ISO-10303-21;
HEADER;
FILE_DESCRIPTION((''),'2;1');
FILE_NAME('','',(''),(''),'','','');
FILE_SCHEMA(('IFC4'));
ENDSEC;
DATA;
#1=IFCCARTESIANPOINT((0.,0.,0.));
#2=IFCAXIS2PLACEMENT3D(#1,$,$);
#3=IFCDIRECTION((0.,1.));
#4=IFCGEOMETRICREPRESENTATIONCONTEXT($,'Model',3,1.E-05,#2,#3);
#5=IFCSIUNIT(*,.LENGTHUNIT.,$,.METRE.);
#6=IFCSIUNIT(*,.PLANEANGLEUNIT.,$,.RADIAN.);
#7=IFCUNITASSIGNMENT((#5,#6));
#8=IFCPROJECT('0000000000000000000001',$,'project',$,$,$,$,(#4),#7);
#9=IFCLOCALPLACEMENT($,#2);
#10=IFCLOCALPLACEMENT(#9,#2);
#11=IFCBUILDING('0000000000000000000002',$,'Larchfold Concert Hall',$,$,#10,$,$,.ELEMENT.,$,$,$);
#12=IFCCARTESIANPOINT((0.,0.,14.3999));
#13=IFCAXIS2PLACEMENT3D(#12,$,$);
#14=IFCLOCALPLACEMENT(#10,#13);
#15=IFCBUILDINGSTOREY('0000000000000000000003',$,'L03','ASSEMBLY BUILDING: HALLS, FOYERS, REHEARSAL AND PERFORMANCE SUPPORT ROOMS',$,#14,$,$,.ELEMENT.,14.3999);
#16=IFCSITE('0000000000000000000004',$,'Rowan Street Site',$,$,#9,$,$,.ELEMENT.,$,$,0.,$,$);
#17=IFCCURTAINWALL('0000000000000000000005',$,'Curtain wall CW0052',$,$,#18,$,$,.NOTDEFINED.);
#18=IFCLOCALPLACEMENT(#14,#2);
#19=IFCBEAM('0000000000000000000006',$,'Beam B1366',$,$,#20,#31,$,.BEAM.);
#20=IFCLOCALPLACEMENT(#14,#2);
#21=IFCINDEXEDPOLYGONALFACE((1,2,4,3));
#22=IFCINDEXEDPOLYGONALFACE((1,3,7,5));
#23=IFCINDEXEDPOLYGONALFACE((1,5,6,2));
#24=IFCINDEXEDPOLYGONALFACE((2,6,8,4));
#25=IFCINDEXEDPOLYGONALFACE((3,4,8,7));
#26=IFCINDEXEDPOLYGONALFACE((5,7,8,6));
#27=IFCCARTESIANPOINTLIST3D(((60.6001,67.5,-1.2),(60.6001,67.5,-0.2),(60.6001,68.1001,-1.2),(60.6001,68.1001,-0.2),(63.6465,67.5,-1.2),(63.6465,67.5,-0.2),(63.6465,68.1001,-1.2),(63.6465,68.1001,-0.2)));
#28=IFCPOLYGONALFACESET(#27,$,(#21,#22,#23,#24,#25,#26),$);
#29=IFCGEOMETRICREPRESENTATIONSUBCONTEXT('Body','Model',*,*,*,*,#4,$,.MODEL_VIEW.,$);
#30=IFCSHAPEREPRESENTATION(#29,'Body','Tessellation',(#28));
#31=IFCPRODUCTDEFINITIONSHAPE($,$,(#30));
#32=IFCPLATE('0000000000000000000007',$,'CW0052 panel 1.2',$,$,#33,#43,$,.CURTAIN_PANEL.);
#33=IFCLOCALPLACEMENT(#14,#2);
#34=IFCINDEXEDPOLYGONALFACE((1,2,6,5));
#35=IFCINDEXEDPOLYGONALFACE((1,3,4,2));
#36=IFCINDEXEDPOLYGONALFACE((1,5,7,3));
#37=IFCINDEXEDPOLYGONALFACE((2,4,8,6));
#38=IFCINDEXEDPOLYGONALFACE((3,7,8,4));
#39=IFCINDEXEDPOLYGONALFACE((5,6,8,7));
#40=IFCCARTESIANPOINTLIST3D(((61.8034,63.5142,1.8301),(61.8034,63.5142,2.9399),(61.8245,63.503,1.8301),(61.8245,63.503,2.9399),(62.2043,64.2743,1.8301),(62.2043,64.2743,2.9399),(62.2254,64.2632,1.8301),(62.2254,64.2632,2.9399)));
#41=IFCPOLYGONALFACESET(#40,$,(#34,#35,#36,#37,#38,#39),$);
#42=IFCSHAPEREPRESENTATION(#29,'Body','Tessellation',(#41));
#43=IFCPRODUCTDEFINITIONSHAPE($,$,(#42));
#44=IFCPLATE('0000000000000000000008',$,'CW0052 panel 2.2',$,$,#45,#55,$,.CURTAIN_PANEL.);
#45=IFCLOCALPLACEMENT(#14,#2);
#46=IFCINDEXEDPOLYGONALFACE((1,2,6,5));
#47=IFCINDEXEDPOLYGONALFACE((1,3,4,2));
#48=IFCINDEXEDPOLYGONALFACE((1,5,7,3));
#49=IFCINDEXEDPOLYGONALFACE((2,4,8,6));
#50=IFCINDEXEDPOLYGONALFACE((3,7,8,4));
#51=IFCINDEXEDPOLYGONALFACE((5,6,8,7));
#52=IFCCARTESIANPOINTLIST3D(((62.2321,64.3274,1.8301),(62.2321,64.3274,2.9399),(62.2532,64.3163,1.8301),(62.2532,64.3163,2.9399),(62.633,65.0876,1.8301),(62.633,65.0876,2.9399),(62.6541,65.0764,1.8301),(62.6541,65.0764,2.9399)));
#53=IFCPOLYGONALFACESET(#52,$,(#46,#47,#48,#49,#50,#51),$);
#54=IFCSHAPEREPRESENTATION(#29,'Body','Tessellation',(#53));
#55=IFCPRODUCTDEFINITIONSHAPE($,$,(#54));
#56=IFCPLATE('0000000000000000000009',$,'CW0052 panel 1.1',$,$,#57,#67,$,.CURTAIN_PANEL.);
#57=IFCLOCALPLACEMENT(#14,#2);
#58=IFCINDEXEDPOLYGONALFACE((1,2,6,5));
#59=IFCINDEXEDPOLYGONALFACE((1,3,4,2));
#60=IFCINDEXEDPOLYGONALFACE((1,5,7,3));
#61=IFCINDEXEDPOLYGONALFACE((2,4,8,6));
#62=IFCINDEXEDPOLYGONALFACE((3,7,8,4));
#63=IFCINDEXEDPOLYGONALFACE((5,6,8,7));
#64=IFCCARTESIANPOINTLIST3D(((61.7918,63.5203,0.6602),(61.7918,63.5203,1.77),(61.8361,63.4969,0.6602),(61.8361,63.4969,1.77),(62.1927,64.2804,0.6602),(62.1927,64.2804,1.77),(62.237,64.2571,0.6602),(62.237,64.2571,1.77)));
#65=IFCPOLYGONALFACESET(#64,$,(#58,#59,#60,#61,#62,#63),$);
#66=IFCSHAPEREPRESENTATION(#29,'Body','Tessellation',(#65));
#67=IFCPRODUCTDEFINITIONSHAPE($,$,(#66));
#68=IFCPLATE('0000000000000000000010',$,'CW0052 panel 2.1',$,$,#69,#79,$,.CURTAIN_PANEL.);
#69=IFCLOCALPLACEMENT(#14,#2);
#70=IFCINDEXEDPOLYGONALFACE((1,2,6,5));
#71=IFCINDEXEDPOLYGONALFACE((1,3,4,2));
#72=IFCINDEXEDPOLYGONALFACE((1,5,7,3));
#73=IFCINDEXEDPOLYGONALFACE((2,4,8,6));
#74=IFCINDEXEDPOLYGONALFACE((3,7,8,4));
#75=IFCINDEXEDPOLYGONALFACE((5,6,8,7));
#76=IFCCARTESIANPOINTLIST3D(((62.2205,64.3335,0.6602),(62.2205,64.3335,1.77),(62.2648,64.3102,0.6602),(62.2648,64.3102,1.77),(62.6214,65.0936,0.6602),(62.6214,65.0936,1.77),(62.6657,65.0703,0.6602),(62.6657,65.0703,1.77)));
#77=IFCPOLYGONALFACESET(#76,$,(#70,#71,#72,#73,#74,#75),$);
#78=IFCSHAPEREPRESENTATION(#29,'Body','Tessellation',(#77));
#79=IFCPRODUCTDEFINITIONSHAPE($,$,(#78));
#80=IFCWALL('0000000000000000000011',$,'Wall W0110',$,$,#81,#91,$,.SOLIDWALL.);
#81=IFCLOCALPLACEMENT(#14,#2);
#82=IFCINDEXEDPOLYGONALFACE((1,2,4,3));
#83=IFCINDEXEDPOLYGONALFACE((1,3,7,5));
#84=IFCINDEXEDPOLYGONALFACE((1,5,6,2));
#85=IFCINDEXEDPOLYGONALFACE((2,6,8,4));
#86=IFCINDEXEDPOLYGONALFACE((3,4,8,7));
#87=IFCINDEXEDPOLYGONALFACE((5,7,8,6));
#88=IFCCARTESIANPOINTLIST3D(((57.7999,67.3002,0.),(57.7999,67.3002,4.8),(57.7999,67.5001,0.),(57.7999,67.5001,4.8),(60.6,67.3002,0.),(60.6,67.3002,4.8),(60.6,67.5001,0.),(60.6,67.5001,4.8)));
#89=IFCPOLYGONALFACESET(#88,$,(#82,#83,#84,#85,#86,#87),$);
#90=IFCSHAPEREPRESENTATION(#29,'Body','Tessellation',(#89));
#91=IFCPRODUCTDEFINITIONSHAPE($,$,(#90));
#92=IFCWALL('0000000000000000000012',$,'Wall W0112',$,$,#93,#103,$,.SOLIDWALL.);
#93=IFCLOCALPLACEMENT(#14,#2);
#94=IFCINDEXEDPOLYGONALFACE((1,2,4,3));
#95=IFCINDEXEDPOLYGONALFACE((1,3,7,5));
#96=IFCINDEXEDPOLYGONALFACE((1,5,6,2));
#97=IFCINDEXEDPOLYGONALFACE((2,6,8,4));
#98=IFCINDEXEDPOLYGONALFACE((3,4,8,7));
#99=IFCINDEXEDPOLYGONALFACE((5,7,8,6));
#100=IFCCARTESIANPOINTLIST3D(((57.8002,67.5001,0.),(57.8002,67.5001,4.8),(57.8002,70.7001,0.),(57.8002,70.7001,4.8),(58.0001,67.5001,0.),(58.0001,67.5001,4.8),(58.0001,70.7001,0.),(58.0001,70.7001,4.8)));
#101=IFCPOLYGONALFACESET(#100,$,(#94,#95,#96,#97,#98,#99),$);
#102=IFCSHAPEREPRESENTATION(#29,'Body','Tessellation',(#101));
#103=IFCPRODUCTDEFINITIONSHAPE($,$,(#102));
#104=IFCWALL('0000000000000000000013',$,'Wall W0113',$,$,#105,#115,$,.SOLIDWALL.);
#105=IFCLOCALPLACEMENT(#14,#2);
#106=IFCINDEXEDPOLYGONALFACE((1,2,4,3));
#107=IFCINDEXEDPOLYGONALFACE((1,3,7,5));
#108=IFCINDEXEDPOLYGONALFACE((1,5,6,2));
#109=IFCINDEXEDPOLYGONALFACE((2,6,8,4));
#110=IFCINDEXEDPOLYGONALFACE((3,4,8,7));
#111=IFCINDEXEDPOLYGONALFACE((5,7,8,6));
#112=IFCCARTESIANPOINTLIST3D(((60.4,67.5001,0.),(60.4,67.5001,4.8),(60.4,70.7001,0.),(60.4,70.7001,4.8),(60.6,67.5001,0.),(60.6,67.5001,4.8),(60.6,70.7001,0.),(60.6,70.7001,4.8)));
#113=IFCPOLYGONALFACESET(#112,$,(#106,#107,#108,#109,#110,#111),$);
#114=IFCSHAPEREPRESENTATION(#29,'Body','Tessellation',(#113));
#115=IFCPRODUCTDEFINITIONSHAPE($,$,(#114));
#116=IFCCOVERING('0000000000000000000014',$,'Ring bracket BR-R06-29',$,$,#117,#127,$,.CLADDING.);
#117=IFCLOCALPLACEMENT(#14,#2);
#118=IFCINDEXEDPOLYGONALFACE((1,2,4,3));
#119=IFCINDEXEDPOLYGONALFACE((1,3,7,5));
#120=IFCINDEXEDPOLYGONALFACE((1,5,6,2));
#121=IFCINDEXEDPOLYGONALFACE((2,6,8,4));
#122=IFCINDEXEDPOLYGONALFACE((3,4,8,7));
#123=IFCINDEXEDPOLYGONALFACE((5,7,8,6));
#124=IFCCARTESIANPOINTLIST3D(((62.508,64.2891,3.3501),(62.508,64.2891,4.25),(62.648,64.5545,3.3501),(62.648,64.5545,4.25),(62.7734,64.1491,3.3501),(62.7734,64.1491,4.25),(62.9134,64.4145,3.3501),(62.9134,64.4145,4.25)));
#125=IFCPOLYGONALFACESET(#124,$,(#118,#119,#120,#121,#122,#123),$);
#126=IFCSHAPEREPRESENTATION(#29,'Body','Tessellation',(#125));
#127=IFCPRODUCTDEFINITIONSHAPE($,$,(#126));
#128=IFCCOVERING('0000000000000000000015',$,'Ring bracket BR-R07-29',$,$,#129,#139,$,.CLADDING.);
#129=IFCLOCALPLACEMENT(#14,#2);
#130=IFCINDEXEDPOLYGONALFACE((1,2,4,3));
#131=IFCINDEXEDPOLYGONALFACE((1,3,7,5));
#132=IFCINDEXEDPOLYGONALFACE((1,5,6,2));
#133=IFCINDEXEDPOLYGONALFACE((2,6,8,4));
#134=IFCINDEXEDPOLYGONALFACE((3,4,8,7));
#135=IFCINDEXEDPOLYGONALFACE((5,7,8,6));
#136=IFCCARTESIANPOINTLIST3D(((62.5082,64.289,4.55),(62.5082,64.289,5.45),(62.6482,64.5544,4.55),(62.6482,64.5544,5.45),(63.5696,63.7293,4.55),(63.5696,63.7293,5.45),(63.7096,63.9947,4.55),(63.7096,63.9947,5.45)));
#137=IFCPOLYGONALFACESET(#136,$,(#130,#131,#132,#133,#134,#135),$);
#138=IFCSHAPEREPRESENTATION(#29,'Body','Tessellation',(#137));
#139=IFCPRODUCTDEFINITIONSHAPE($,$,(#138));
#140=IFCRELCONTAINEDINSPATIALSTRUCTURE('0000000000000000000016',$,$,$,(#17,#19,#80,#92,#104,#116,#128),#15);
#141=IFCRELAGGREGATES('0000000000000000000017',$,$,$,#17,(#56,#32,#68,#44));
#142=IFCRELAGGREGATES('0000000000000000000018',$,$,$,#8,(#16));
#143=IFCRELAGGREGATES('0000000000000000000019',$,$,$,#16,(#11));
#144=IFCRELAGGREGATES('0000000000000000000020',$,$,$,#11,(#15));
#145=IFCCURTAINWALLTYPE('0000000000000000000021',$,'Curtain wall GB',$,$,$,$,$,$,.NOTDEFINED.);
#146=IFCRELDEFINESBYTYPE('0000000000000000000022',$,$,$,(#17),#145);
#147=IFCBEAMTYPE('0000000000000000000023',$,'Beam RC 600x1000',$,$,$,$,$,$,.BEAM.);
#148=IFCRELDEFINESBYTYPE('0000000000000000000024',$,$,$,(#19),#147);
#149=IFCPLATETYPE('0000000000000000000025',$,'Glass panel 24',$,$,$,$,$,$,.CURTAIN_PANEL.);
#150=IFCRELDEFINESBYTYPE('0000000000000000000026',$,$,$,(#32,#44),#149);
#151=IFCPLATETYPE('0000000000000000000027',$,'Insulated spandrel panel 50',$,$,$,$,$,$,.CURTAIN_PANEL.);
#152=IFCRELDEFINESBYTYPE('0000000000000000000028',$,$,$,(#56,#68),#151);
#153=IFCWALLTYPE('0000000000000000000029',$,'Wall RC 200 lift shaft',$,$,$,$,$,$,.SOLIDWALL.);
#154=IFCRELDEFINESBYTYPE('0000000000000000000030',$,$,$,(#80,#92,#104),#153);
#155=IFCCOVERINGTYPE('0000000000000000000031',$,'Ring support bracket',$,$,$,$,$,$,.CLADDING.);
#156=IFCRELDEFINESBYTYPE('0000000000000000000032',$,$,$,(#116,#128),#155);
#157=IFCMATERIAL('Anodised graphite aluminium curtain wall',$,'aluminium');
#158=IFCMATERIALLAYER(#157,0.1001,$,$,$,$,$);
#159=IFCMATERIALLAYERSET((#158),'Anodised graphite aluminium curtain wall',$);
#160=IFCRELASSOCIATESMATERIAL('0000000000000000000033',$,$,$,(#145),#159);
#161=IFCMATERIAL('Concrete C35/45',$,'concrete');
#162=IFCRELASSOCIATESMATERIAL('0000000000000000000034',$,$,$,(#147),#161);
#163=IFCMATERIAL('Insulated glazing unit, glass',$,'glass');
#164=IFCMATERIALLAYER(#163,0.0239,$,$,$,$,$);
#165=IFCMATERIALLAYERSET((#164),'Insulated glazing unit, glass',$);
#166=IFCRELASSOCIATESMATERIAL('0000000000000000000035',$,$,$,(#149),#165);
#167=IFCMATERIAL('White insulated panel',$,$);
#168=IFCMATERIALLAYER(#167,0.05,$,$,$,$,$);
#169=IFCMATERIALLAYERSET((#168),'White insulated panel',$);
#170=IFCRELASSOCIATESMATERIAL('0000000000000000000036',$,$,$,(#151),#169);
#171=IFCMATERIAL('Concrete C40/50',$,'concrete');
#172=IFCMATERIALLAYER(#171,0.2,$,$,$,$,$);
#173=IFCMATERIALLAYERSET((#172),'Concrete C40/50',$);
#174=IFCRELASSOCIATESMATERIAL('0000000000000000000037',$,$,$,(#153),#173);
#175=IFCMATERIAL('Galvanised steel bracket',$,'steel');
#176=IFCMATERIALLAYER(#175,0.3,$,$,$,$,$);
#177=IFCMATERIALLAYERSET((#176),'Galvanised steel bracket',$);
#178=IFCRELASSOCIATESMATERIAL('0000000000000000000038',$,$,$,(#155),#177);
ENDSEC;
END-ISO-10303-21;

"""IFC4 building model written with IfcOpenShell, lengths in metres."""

from ifc_helpers import new_model, si_unit, direction, frame, frame_2d, origin, origin_2d, place, context, subcontext, project, spatial, rectangle, extrude, material, layer, layer_set, material_profile, profile_set, type_object, element, aggregate, save


model = new_model("IFC4")

# Units and contexts
model_context = context("Model", 3, precision=1e-05, world=origin(), true_north=direction((0.0, 1.0)))
body_context = subcontext(model_context, "Body", "Model", "MODEL_VIEW")
ifc_project = project(units=[si_unit("LENGTHUNIT", "METRE"), si_unit("PLANEANGLEUNIT", "RADIAN")], contexts=[model_context])

# Site, building, storey
site_placement = place(None, origin())
site = spatial("IfcSite", under=ifc_project, at=site_placement, Name="Rowan Street Site", CompositionType="ELEMENT", RefElevation=0.0)
building_placement = place(site_placement, origin())
building = spatial("IfcBuilding", under=site, at=building_placement, Name="Larchfold Concert Hall", CompositionType="ELEMENT")
storey_placement = place(building_placement, frame((0.0, 0.0, 14.3999)))
storey = spatial("IfcBuildingStorey", under=building, at=storey_placement, Name="L03", Description="ASSEMBLY BUILDING: HALLS, FOYERS, REHEARSAL AND PERFORMANCE SUPPORT ROOMS", CompositionType="ELEMENT", Elevation=14.3999)

# Curtain wall
ifc_material_1 = material(Name="Anodised graphite aluminium curtain wall", Category="aluminium")
ifc_layer_1 = layer(ifc_material_1, 0.1001)
ifc_layer_set_1 = layer_set([ifc_layer_1], Name="Anodised graphite aluminium curtain wall")
curtain_wall_type = type_object("IfcCurtainWallType", Name="Curtain wall GB", PredefinedType="NOTDEFINED", material=ifc_layer_set_1)
curtain_wall_1_placement = place(storey_placement, origin())
curtain_wall_1 = element("IfcCurtainWall", 1, at=curtain_wall_1_placement, inside=storey, type_object=curtain_wall_type, Name="Curtain wall CW0052", PredefinedType="NOTDEFINED")

# Beam
ifc_material_2 = material(Name="Concrete C35/45", Category="concrete")
ifc_material_profile_1 = material_profile(ifc_material_2, rectangle(XDim=0.6001, YDim=1.0, at=origin_2d()))
ifc_profile_set_1 = profile_set([ifc_material_profile_1], Name="Concrete C35/45")
beam_type_1 = type_object("IfcBeamType", Name="Beam RC 600x1000", PredefinedType="BEAM", material=ifc_profile_set_1)
beam_1_placement = place(storey_placement, frame((60.6001, 67.8, -0.7), z_axis=(1.0, 0.0, 0.0), x_axis=(0.0, 1.0, 0.0)))
element("IfcBeam", 2, at=beam_1_placement, inside=storey, type_object=beam_type_1, Name="Beam B1366", PredefinedType="BEAM", context=body_context, shape_type="SweptSolid", body=[
    extrude(rectangle(XDim=0.6001, YDim=1.0, at=origin_2d()), origin(), (0.0, 0.0, 1.0), 3.0464),
])

# Plates
ifc_material_3 = material(Name="Insulated glazing unit, glass", Category="glass")
ifc_layer_2 = layer(ifc_material_3, 0.0239)
ifc_layer_set_2 = layer_set([ifc_layer_2], Name="Insulated glazing unit, glass")
plate_type_1 = type_object("IfcPlateType", Name="Glass panel 24", PredefinedType="CURTAIN_PANEL", material=ifc_layer_set_2)
plate_1_placement = place(storey_placement, frame((62.0144, 63.8887, 1.8301), z_axis=(0.0, 0.0, 1.0), x_axis=(0.466499, 0.884522, 0.0)))
plate_1 = element("IfcPlate", 3, at=plate_1_placement, type_object=plate_type_1, Name="CW0052 panel 1.2", PredefinedType="CURTAIN_PANEL", context=body_context, shape_type="SweptSolid", body=[
    extrude(rectangle(XDim=0.8594, YDim=0.0239, at=origin_2d()), origin(), (0.0, 0.0, 1.0), 1.1099),
])
plate_2_placement = place(storey_placement, frame((62.4431, 64.7019, 1.8301), z_axis=(0.0, 0.0, 1.0), x_axis=(0.466499, 0.884522, 0.0)))
plate_2 = element("IfcPlate", 4, at=plate_2_placement, type_object=plate_type_1, Name="CW0052 panel 2.2", PredefinedType="CURTAIN_PANEL", context=body_context, shape_type="SweptSolid", body=[
    extrude(rectangle(XDim=0.8594, YDim=0.0239, at=origin_2d()), origin(), (0.0, 0.0, 1.0), 1.1099),
])
ifc_material_4 = material(Name="White insulated panel")
ifc_layer_3 = layer(ifc_material_4, 0.05)
ifc_layer_set_3 = layer_set([ifc_layer_3], Name="White insulated panel")
plate_type_2 = type_object("IfcPlateType", Name="Insulated spandrel panel 50", PredefinedType="CURTAIN_PANEL", material=ifc_layer_set_3)
plate_3_placement = place(storey_placement, frame((62.0144, 63.8887, 0.6602), z_axis=(0.0, 0.0, 1.0), x_axis=(0.466499, 0.884522, 0.0)))
plate_3 = element("IfcPlate", 5, at=plate_3_placement, type_object=plate_type_2, Name="CW0052 panel 1.1", PredefinedType="CURTAIN_PANEL", context=body_context, shape_type="SweptSolid", body=[
    extrude(rectangle(XDim=0.8594, YDim=0.05, at=origin_2d()), origin(), (0.0, 0.0, 1.0), 1.1099),
])
plate_4_placement = place(storey_placement, frame((62.4431, 64.7019, 0.6602), z_axis=(0.0, 0.0, 1.0), x_axis=(0.466499, 0.884522, 0.0)))
plate_4 = element("IfcPlate", 6, at=plate_4_placement, type_object=plate_type_2, Name="CW0052 panel 2.1", PredefinedType="CURTAIN_PANEL", context=body_context, shape_type="SweptSolid", body=[
    extrude(rectangle(XDim=0.8594, YDim=0.05, at=origin_2d()), origin(), (0.0, 0.0, 1.0), 1.1099),
])
aggregate(curtain_wall_1, [plate_3, plate_1, plate_4, plate_2])

# Walls
ifc_material_5 = material(Name="Concrete C40/50", Category="concrete")
ifc_layer_4 = layer(ifc_material_5, 0.2)
ifc_layer_set_4 = layer_set([ifc_layer_4], Name="Concrete C40/50")
wall_type_1 = type_object("IfcWallType", Name="Wall RC 200 lift shaft", PredefinedType="SOLIDWALL", material=ifc_layer_set_4)
wall_1_placement = place(storey_placement, frame((57.8, 67.4001, 0.0), z_axis=(0.0, 0.0, 1.0), x_axis=(1.0, 0.0, 0.0)))
element("IfcWall", 7, at=wall_1_placement, inside=storey, type_object=wall_type_1, Name="Wall W0110", PredefinedType="SOLIDWALL", context=body_context, shape_type="SweptSolid", body=[
    extrude(rectangle(XDim=2.8, YDim=0.2, at=frame_2d((1.3999, 0.0))), origin(), (0.0, 0.0, 1.0), 4.8),
])
for number, where, z_axis, x_axis, name in (
    (8, (57.9001, 67.5, 0.0), (0.0, 0.0, 1.0), (0.0, 1.0, 0.0), "Wall W0112"),
    (9, (60.5, 67.5, 0.0), (0.0, 0.0, 1.0), (0.0, 1.0, 0.0), "Wall W0113"),
):
    element("IfcWall", number, at=place(storey_placement, frame(where, z_axis=z_axis, x_axis=x_axis)), inside=storey, type_object=wall_type_1, Name=name, PredefinedType="SOLIDWALL", context=body_context, shape_type="SweptSolid", body=[
        extrude(rectangle(XDim=3.2, YDim=0.2, at=frame_2d((1.6001, 0.0))), origin(), (0.0, 0.0, 1.0), 4.8),
    ])

# Coverings
ifc_material_6 = material(Name="Galvanised steel bracket", Category="steel")
ifc_layer_5 = layer(ifc_material_6, 0.3)
ifc_layer_set_5 = layer_set([ifc_layer_5], Name="Galvanised steel bracket")
covering_type = type_object("IfcCoveringType", Name="Ring support bracket", PredefinedType="CLADDING", material=ifc_layer_set_5)
covering_1_placement = place(storey_placement, frame((62.7107, 64.3518, 3.3501), z_axis=(0.0, 0.0, 1.0), x_axis=(0.884536, -0.466473, 0.0)))
element("IfcCovering", 10, at=covering_1_placement, inside=storey, type_object=covering_type, Name="Ring bracket BR-R06-29", PredefinedType="CLADDING", context=body_context, shape_type="SweptSolid", body=[
    extrude(rectangle(XDim=0.3, YDim=0.3, at=origin_2d()), origin(), (0.0, 0.0, 1.0), 0.8999),
])
covering_2_placement = place(storey_placement, frame((63.1089, 64.1418, 4.55), z_axis=(0.0, 0.0, 1.0), x_axis=(0.884536, -0.466473, 0.0)))
element("IfcCovering", 11, at=covering_2_placement, inside=storey, type_object=covering_type, Name="Ring bracket BR-R07-29", PredefinedType="CLADDING", context=body_context, shape_type="SweptSolid", body=[
    extrude(rectangle(XDim=1.2, YDim=0.3, at=origin_2d()), origin(), (0.0, 0.0, 1.0), 0.8999),
])

save(model, "model.ifc")
